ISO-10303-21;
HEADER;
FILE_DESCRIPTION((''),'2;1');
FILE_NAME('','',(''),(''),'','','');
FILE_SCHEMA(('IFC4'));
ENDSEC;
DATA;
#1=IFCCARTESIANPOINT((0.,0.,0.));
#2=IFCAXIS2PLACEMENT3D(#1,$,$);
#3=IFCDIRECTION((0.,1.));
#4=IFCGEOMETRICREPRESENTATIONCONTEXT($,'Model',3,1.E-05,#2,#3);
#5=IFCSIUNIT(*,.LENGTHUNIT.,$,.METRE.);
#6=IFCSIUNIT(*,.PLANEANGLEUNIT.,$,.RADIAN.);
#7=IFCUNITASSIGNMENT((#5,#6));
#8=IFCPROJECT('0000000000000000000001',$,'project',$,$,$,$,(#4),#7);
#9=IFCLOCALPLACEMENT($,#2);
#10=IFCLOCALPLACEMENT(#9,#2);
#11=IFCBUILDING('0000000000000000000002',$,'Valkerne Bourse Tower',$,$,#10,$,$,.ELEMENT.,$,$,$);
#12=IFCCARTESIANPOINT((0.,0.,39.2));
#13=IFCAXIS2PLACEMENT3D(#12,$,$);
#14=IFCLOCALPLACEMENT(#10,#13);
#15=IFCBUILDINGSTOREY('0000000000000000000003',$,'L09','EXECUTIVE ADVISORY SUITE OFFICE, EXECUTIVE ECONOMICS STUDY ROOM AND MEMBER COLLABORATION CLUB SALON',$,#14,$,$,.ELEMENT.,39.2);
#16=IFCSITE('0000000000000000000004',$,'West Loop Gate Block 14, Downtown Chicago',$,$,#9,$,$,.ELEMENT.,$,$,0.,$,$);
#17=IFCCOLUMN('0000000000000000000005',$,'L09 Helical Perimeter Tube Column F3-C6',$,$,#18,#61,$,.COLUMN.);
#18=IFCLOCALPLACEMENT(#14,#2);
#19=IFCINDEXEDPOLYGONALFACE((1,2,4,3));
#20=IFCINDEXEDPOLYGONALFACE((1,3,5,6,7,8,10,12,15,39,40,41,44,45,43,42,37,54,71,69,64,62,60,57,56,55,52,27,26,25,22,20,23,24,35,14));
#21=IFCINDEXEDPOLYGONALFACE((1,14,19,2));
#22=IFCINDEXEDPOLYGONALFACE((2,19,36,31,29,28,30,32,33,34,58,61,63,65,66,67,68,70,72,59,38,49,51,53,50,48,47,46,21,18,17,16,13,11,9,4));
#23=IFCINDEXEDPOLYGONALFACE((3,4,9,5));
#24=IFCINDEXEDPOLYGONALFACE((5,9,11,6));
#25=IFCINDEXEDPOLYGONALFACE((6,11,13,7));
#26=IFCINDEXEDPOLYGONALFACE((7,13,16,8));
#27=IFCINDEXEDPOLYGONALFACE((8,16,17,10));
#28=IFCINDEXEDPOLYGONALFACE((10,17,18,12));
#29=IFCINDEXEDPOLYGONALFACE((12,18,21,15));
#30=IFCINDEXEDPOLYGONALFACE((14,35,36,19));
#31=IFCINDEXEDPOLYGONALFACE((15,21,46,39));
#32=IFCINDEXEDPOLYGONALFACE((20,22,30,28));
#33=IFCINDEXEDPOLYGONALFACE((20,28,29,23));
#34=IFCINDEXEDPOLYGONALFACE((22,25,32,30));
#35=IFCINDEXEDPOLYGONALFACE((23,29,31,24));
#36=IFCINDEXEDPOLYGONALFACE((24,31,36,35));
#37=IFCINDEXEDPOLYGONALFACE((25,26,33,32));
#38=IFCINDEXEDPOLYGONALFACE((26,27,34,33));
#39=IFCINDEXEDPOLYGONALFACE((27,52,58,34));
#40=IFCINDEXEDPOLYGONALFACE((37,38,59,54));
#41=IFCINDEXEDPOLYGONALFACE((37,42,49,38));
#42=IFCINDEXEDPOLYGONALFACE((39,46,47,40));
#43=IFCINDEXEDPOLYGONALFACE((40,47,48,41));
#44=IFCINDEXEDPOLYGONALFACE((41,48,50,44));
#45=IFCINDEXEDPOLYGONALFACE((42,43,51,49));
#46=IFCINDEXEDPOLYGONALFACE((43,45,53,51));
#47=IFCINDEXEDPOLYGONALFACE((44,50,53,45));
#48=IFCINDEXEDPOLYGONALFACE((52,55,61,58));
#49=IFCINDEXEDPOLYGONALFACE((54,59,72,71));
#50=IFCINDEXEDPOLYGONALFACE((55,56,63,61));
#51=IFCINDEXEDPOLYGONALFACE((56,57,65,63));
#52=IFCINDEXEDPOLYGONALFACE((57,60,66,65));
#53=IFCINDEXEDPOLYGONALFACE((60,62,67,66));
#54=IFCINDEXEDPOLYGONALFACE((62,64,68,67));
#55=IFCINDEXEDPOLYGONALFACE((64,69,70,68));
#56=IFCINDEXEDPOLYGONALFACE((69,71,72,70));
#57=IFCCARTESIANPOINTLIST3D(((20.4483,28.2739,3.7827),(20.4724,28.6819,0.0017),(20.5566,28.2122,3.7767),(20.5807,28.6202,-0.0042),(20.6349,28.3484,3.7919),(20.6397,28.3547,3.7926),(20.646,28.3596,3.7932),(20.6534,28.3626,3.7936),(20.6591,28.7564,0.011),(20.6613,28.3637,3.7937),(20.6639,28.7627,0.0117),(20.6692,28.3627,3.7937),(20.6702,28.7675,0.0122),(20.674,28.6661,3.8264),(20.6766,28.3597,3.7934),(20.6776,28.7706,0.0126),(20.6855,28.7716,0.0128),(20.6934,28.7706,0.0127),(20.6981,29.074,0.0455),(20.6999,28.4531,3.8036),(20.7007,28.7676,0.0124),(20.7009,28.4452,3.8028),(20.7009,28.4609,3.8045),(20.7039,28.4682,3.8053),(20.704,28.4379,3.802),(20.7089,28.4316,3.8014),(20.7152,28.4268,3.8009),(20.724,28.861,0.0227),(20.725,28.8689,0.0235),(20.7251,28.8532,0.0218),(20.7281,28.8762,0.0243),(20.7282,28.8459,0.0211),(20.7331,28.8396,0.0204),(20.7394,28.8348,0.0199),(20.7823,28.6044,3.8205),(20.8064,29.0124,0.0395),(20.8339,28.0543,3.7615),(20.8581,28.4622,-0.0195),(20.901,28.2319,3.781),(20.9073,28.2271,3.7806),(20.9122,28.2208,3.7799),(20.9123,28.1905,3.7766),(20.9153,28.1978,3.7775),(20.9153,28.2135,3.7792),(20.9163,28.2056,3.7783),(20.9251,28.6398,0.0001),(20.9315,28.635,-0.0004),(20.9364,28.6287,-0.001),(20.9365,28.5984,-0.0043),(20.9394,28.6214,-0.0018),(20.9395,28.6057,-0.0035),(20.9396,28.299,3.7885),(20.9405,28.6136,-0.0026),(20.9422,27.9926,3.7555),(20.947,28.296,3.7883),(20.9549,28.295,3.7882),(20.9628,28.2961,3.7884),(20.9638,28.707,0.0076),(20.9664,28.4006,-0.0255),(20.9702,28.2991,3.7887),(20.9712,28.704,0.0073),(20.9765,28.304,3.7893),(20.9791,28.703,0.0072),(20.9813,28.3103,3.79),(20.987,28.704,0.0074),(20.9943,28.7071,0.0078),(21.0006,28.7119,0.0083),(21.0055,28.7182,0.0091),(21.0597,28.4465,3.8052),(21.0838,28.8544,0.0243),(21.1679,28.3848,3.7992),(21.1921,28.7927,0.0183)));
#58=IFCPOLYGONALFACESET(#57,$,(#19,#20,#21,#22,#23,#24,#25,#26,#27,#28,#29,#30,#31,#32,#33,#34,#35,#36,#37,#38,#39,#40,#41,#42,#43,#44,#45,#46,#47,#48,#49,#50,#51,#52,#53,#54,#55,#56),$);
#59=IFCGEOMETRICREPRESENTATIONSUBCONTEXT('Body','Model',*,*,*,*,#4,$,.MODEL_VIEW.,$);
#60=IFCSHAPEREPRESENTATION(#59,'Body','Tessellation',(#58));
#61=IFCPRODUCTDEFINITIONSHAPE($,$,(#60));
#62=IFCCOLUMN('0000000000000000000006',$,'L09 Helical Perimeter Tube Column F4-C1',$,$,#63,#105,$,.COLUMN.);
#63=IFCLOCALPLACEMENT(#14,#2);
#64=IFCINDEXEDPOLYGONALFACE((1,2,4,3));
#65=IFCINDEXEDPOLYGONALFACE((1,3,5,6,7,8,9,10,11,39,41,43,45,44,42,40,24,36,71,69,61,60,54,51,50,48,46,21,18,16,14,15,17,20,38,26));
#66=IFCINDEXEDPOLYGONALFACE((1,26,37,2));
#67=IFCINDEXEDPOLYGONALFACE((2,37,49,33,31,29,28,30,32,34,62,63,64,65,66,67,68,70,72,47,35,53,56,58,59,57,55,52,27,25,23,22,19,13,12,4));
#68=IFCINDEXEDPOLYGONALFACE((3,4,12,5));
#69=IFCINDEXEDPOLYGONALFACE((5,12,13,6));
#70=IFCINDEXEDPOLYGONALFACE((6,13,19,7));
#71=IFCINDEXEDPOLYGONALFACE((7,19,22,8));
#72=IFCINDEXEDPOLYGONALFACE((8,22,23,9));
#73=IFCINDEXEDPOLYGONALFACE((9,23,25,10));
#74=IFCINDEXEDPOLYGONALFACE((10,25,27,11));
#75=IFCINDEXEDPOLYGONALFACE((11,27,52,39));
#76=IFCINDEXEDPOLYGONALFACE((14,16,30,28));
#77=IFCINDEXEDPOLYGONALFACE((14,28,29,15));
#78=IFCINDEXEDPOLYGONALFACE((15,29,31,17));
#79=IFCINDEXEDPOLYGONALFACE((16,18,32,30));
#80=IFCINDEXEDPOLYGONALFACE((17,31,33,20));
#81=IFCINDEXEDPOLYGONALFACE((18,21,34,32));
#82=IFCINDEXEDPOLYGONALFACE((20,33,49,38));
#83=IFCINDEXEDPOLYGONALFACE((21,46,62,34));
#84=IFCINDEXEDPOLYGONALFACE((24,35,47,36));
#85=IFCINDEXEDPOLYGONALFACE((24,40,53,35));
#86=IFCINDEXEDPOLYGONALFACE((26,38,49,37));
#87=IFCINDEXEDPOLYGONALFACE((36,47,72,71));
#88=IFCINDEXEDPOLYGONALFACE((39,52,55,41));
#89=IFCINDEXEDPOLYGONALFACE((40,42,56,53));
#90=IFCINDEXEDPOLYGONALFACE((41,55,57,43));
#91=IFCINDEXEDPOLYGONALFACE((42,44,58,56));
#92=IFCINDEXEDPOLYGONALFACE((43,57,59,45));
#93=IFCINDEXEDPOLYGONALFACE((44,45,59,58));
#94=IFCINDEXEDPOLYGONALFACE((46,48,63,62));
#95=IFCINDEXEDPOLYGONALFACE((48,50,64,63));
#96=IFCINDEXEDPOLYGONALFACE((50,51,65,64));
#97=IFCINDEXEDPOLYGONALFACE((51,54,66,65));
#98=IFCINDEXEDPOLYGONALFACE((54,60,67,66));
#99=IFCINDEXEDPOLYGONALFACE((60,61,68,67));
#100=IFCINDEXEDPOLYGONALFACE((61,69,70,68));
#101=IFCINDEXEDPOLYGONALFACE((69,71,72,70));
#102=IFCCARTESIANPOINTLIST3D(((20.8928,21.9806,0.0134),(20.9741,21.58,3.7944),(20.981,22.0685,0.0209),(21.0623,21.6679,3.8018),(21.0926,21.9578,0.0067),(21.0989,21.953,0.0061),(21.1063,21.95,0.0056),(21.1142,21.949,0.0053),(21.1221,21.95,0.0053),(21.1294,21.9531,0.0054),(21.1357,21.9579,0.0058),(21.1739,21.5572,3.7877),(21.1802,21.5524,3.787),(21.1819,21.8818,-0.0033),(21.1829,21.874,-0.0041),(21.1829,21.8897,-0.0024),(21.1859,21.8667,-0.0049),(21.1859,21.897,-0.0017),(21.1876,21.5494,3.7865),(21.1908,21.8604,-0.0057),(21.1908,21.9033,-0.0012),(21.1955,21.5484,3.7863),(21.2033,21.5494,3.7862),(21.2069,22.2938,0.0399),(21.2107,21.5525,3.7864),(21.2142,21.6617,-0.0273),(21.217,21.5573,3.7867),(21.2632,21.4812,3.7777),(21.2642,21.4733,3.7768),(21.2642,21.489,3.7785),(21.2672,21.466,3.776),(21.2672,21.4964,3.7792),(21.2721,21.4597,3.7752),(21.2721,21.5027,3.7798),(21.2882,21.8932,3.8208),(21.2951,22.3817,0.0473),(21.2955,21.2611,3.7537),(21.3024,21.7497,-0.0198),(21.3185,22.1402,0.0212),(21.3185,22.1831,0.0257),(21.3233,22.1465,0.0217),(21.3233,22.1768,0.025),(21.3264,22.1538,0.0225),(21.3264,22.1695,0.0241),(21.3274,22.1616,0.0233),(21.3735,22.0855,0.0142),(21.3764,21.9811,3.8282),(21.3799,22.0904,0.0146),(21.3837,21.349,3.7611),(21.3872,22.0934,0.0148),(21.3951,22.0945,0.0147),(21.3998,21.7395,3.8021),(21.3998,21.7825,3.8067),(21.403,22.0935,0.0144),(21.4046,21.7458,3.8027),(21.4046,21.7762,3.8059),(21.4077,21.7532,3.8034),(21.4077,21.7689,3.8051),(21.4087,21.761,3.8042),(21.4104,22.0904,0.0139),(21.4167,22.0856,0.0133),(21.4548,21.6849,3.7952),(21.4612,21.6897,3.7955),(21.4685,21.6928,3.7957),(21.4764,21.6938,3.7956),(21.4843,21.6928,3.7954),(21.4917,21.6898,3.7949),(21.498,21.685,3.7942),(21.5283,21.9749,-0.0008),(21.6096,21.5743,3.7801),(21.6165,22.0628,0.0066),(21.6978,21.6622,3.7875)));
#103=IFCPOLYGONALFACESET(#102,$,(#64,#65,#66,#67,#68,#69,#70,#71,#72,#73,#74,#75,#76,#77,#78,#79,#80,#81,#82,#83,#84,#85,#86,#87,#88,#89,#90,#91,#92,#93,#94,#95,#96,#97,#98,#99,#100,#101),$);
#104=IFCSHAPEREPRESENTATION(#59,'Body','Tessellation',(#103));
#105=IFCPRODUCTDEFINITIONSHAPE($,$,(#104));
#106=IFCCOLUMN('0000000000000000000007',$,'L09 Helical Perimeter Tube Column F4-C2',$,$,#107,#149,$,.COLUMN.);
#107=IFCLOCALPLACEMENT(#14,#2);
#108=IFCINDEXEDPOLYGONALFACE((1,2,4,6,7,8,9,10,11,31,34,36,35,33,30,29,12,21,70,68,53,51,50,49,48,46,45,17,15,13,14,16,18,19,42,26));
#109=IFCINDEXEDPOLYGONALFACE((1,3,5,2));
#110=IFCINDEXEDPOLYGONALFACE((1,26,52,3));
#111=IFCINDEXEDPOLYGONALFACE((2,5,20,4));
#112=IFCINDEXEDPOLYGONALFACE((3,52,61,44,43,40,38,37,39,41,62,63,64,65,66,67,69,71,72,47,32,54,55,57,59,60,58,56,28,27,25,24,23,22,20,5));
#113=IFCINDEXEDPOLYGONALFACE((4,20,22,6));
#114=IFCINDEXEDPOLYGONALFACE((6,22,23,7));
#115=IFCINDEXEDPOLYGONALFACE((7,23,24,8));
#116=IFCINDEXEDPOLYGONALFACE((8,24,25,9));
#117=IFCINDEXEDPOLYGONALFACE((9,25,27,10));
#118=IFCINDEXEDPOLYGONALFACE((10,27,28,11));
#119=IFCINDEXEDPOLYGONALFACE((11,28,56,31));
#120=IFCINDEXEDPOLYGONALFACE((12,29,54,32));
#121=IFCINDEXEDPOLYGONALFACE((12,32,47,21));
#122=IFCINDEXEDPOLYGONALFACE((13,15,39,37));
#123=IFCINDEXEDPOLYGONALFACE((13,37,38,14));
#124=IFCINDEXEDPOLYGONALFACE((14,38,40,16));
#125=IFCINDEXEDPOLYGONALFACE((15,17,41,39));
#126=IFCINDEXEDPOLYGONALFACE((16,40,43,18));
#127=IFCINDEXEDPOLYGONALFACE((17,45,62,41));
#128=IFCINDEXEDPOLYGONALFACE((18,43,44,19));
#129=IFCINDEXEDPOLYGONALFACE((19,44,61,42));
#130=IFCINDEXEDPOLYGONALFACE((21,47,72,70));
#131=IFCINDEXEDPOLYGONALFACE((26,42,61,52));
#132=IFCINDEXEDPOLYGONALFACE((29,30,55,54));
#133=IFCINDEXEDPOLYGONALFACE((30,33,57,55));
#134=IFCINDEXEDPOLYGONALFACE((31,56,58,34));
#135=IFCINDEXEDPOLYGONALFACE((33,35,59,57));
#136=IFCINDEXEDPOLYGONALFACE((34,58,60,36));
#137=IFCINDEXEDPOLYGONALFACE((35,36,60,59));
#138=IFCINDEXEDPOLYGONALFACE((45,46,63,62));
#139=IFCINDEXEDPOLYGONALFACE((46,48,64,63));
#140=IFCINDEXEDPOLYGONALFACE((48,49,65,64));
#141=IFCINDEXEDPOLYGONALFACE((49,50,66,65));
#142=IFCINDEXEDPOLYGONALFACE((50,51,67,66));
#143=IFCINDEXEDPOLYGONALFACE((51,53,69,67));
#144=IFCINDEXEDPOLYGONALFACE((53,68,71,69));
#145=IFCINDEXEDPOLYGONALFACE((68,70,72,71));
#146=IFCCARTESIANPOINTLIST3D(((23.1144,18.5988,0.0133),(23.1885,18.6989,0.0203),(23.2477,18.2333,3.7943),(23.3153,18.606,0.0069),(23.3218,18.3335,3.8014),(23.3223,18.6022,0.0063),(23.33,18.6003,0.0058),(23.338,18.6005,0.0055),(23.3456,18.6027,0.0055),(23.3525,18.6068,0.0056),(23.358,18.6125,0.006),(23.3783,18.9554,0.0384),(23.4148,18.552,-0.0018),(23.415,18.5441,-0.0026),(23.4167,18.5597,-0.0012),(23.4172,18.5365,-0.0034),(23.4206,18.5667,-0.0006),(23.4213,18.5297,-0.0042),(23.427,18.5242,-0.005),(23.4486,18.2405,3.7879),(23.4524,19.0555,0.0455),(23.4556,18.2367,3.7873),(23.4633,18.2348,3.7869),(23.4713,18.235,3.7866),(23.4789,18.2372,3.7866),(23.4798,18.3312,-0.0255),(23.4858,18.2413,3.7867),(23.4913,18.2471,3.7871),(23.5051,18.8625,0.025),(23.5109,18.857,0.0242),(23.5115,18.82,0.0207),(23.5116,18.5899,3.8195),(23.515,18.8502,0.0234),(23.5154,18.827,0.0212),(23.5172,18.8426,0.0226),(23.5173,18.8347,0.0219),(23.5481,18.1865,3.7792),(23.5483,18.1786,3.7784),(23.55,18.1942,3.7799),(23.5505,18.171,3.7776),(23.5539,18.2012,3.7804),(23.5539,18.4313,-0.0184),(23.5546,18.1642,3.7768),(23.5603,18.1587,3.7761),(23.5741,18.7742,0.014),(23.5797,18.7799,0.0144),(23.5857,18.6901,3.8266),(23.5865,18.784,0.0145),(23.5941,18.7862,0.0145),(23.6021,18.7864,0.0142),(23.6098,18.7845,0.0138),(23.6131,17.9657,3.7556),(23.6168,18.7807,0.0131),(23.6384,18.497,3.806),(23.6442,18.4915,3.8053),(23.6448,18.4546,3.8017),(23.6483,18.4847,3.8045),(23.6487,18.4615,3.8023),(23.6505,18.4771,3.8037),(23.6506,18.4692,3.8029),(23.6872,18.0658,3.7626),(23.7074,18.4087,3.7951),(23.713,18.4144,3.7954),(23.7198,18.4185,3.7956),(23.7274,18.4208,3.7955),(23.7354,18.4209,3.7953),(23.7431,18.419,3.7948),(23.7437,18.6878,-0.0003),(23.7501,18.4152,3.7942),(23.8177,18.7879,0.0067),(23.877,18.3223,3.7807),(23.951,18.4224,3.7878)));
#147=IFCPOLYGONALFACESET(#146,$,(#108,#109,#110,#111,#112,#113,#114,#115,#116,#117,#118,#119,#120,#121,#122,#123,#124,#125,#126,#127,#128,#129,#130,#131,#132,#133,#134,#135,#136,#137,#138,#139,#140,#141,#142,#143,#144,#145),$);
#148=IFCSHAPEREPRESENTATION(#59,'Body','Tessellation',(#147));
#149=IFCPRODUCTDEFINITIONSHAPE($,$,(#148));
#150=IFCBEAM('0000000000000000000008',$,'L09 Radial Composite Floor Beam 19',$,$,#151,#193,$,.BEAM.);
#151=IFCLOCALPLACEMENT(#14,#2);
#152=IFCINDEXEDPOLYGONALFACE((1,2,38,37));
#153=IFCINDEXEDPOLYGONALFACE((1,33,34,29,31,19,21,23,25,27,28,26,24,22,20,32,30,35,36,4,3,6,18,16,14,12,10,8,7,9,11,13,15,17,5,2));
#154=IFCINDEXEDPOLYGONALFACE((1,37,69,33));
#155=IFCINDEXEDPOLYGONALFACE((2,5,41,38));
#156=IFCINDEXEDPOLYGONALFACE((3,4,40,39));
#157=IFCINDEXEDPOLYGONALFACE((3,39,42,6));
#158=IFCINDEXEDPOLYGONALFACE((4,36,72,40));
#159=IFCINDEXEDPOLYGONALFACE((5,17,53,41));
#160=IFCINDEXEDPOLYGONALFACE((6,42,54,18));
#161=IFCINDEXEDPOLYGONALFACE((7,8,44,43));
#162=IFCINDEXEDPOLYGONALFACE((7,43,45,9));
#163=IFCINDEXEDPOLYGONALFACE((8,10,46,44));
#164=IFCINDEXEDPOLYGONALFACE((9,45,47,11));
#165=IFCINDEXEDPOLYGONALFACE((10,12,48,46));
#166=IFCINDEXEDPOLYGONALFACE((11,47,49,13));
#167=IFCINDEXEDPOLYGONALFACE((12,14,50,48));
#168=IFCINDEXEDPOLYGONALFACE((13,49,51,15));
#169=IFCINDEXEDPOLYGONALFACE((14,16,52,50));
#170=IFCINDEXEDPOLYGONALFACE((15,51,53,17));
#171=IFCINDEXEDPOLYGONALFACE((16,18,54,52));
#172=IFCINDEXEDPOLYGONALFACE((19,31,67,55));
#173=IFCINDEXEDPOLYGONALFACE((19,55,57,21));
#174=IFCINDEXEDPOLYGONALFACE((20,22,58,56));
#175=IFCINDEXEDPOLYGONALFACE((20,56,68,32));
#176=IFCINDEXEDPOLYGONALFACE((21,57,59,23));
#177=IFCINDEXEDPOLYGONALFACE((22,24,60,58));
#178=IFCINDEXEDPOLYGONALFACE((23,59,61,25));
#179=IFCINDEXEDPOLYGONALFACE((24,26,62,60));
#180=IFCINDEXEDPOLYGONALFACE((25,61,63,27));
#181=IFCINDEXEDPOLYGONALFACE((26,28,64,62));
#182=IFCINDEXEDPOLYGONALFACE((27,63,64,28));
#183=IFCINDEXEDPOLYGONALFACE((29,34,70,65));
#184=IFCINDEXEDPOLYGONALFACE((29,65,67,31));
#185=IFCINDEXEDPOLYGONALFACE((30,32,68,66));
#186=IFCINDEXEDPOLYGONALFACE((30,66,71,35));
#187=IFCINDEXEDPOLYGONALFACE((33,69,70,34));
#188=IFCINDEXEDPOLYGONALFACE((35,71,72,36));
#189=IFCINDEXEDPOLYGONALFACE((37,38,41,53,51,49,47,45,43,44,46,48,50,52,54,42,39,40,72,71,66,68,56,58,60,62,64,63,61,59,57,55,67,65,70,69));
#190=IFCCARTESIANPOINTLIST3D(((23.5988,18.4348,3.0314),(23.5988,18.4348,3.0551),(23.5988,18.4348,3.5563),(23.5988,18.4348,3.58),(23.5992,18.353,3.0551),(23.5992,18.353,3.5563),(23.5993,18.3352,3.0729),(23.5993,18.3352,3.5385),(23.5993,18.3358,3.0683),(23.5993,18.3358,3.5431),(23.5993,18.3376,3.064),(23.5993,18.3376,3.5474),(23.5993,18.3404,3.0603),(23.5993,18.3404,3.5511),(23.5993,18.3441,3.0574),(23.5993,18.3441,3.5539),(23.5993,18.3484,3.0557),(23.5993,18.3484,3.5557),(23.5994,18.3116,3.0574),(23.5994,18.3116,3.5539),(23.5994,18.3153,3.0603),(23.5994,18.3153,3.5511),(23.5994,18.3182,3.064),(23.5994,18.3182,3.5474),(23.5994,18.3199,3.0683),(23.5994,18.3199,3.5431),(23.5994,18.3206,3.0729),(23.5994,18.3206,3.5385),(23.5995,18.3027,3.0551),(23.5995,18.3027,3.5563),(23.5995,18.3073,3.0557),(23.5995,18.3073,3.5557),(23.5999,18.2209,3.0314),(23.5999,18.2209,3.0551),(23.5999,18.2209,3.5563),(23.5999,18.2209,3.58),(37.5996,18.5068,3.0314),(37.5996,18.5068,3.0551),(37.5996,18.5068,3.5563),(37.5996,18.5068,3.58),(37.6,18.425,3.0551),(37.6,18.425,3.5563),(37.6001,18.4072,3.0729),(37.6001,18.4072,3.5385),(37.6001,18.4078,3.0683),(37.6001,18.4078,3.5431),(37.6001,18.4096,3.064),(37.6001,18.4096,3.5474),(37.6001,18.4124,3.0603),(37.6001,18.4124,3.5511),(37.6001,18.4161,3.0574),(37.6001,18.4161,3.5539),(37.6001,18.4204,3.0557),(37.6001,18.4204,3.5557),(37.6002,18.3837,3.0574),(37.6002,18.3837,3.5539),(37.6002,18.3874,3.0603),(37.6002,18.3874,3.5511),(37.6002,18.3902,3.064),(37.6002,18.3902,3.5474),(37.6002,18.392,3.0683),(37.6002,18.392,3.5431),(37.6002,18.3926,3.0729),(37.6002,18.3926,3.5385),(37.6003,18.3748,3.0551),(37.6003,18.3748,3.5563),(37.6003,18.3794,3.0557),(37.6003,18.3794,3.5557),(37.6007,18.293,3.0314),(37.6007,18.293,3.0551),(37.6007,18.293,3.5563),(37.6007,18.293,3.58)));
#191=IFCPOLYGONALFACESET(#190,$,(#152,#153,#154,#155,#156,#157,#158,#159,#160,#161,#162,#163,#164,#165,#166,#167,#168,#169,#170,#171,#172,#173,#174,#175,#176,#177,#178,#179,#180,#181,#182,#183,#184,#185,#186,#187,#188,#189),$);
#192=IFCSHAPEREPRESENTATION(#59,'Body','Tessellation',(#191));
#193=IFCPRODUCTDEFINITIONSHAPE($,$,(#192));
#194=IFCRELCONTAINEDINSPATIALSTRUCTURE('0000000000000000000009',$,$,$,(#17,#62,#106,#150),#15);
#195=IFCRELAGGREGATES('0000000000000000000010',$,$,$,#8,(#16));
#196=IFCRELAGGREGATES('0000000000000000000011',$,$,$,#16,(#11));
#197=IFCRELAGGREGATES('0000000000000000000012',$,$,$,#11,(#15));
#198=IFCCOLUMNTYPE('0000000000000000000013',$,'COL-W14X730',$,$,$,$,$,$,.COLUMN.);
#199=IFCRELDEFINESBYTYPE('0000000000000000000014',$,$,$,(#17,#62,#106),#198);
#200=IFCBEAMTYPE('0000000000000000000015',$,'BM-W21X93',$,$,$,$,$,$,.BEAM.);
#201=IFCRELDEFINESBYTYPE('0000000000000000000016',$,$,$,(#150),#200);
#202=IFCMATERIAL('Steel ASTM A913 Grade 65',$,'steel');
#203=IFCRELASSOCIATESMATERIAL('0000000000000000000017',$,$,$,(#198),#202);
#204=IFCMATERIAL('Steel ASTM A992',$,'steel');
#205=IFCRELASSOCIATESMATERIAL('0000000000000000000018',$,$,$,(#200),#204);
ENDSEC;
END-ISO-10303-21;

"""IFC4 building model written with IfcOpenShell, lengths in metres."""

from ifc_helpers import new_model, si_unit, direction, frame, origin, origin_2d, place, context, subcontext, project, spatial, i_section, extrude, material, material_profile, profile_set, type_object, element, save


model = new_model("IFC4")

# Units and contexts
model_context = context("Model", 3, precision=1e-05, world=origin(), true_north=direction((0.0, 1.0)))
body_context = subcontext(model_context, "Body", "Model", "MODEL_VIEW")
ifc_project = project(units=[si_unit("LENGTHUNIT", "METRE"), si_unit("PLANEANGLEUNIT", "RADIAN")], contexts=[model_context])

# Site, building, storey
site_placement = place(None, origin())
site = spatial("IfcSite", under=ifc_project, at=site_placement, Name="West Loop Gate Block 14, Downtown Chicago", CompositionType="ELEMENT", RefElevation=0.0)
building_placement = place(site_placement, origin())
building = spatial("IfcBuilding", under=site, at=building_placement, Name="Valkerne Bourse Tower", CompositionType="ELEMENT")
storey_placement = place(building_placement, frame((0.0, 0.0, 39.2)))
storey = spatial("IfcBuildingStorey", under=building, at=storey_placement, Name="L09", Description="EXECUTIVE ADVISORY SUITE OFFICE, EXECUTIVE ECONOMICS STUDY ROOM AND MEMBER COLLABORATION CLUB SALON", CompositionType="ELEMENT", Elevation=39.2)

# Columns
ifc_material_1 = material(Name="Steel ASTM A913 Grade 65", Category="steel")
ifc_material_profile_1 = material_profile(ifc_material_1, i_section(OverallWidth=0.4546, OverallDepth=0.5691, WebThickness=0.0779, FlangeThickness=0.1248, FilletRadius=0.0305, at=origin_2d()), Name="W14X730")
ifc_profile_set_1 = profile_set([ifc_material_profile_1], Name="Steel ASTM A913 Grade 65")
column_type = type_object("IfcColumnType", Name="COL-W14X730", PredefinedType="COLUMN", material=ifc_profile_set_1)
for number, where, z_axis, x_axis, name in (
    (1, (20.8323, 28.7373, 0.01), (-0.006355, -0.107272, 0.994209), (-0.496525, -0.86267, -0.096253), "L09 Helical Perimeter Tube Column F3-C6"),
    (2, (21.2546, 22.0217, 0.01), (0.021377, -0.105346, 0.994206), (0.707023, -0.7015, -0.089533), "L09 Helical Perimeter Tube Column F4-C1"),
):
    element("IfcColumn", number, at=place(storey_placement, frame(where, z_axis=z_axis, x_axis=x_axis)), inside=storey, type_object=column_type, Name=name, PredefinedType="COLUMN", context=body_context, shape_type="SweptSolid", body=[
        extrude(i_section(OverallWidth=0.4546, OverallDepth=0.5691, WebThickness=0.0779, FlangeThickness=0.1248, FilletRadius=0.0305, at=origin_2d()), origin(), (0.0, 0.0, 1.0), 3.803),
    ])
column_placement = place(storey_placement, frame((23.4661, 18.6934, 0.01), z_axis=(0.03507, -0.096154, 0.994748), x_axis=(0.803793, -0.58877, -0.08525)))
element("IfcColumn", 3, at=column_placement, inside=storey, type_object=column_type, Name="L09 Helical Perimeter Tube Column F4-C2", PredefinedType="COLUMN", context=body_context, shape_type="SweptSolid", body=[
    extrude(i_section(OverallWidth=0.4546, OverallDepth=0.5691, WebThickness=0.0779, FlangeThickness=0.1248, FilletRadius=0.0305, at=origin_2d()), origin(), (0.0, 0.0, 1.0), 3.801),
])

# Beam
ifc_material_2 = material(Name="Steel ASTM A992", Category="steel")
ifc_material_profile_2 = material_profile(ifc_material_2, i_section(OverallWidth=0.2139, OverallDepth=0.5486, WebThickness=0.0146, FlangeThickness=0.0237, FilletRadius=0.0178, at=origin_2d()), Name="W21X93")
ifc_profile_set_2 = profile_set([ifc_material_profile_2], Name="Steel ASTM A992")
beam_type_1 = type_object("IfcBeamType", Name="BM-W21X93", PredefinedType="BEAM", material=ifc_profile_set_2)
beam_1_placement = place(storey_placement, frame((23.5994, 18.3279, 3.3057), z_axis=(0.999987, 0.005144, 0.0), x_axis=(-0.005144, 0.999987, 0.0)))
element("IfcBeam", 4, at=beam_1_placement, inside=storey, type_object=beam_type_1, Name="L09 Radial Composite Floor Beam 19", PredefinedType="BEAM", context=body_context, shape_type="SweptSolid", body=[
    extrude(i_section(OverallWidth=0.2139, OverallDepth=0.5486, WebThickness=0.0146, FlangeThickness=0.0237, FilletRadius=0.0178, at=origin_2d()), origin(), (0.0, 0.0, 1.0), 14.001),
])

save(model, "model.ifc")
